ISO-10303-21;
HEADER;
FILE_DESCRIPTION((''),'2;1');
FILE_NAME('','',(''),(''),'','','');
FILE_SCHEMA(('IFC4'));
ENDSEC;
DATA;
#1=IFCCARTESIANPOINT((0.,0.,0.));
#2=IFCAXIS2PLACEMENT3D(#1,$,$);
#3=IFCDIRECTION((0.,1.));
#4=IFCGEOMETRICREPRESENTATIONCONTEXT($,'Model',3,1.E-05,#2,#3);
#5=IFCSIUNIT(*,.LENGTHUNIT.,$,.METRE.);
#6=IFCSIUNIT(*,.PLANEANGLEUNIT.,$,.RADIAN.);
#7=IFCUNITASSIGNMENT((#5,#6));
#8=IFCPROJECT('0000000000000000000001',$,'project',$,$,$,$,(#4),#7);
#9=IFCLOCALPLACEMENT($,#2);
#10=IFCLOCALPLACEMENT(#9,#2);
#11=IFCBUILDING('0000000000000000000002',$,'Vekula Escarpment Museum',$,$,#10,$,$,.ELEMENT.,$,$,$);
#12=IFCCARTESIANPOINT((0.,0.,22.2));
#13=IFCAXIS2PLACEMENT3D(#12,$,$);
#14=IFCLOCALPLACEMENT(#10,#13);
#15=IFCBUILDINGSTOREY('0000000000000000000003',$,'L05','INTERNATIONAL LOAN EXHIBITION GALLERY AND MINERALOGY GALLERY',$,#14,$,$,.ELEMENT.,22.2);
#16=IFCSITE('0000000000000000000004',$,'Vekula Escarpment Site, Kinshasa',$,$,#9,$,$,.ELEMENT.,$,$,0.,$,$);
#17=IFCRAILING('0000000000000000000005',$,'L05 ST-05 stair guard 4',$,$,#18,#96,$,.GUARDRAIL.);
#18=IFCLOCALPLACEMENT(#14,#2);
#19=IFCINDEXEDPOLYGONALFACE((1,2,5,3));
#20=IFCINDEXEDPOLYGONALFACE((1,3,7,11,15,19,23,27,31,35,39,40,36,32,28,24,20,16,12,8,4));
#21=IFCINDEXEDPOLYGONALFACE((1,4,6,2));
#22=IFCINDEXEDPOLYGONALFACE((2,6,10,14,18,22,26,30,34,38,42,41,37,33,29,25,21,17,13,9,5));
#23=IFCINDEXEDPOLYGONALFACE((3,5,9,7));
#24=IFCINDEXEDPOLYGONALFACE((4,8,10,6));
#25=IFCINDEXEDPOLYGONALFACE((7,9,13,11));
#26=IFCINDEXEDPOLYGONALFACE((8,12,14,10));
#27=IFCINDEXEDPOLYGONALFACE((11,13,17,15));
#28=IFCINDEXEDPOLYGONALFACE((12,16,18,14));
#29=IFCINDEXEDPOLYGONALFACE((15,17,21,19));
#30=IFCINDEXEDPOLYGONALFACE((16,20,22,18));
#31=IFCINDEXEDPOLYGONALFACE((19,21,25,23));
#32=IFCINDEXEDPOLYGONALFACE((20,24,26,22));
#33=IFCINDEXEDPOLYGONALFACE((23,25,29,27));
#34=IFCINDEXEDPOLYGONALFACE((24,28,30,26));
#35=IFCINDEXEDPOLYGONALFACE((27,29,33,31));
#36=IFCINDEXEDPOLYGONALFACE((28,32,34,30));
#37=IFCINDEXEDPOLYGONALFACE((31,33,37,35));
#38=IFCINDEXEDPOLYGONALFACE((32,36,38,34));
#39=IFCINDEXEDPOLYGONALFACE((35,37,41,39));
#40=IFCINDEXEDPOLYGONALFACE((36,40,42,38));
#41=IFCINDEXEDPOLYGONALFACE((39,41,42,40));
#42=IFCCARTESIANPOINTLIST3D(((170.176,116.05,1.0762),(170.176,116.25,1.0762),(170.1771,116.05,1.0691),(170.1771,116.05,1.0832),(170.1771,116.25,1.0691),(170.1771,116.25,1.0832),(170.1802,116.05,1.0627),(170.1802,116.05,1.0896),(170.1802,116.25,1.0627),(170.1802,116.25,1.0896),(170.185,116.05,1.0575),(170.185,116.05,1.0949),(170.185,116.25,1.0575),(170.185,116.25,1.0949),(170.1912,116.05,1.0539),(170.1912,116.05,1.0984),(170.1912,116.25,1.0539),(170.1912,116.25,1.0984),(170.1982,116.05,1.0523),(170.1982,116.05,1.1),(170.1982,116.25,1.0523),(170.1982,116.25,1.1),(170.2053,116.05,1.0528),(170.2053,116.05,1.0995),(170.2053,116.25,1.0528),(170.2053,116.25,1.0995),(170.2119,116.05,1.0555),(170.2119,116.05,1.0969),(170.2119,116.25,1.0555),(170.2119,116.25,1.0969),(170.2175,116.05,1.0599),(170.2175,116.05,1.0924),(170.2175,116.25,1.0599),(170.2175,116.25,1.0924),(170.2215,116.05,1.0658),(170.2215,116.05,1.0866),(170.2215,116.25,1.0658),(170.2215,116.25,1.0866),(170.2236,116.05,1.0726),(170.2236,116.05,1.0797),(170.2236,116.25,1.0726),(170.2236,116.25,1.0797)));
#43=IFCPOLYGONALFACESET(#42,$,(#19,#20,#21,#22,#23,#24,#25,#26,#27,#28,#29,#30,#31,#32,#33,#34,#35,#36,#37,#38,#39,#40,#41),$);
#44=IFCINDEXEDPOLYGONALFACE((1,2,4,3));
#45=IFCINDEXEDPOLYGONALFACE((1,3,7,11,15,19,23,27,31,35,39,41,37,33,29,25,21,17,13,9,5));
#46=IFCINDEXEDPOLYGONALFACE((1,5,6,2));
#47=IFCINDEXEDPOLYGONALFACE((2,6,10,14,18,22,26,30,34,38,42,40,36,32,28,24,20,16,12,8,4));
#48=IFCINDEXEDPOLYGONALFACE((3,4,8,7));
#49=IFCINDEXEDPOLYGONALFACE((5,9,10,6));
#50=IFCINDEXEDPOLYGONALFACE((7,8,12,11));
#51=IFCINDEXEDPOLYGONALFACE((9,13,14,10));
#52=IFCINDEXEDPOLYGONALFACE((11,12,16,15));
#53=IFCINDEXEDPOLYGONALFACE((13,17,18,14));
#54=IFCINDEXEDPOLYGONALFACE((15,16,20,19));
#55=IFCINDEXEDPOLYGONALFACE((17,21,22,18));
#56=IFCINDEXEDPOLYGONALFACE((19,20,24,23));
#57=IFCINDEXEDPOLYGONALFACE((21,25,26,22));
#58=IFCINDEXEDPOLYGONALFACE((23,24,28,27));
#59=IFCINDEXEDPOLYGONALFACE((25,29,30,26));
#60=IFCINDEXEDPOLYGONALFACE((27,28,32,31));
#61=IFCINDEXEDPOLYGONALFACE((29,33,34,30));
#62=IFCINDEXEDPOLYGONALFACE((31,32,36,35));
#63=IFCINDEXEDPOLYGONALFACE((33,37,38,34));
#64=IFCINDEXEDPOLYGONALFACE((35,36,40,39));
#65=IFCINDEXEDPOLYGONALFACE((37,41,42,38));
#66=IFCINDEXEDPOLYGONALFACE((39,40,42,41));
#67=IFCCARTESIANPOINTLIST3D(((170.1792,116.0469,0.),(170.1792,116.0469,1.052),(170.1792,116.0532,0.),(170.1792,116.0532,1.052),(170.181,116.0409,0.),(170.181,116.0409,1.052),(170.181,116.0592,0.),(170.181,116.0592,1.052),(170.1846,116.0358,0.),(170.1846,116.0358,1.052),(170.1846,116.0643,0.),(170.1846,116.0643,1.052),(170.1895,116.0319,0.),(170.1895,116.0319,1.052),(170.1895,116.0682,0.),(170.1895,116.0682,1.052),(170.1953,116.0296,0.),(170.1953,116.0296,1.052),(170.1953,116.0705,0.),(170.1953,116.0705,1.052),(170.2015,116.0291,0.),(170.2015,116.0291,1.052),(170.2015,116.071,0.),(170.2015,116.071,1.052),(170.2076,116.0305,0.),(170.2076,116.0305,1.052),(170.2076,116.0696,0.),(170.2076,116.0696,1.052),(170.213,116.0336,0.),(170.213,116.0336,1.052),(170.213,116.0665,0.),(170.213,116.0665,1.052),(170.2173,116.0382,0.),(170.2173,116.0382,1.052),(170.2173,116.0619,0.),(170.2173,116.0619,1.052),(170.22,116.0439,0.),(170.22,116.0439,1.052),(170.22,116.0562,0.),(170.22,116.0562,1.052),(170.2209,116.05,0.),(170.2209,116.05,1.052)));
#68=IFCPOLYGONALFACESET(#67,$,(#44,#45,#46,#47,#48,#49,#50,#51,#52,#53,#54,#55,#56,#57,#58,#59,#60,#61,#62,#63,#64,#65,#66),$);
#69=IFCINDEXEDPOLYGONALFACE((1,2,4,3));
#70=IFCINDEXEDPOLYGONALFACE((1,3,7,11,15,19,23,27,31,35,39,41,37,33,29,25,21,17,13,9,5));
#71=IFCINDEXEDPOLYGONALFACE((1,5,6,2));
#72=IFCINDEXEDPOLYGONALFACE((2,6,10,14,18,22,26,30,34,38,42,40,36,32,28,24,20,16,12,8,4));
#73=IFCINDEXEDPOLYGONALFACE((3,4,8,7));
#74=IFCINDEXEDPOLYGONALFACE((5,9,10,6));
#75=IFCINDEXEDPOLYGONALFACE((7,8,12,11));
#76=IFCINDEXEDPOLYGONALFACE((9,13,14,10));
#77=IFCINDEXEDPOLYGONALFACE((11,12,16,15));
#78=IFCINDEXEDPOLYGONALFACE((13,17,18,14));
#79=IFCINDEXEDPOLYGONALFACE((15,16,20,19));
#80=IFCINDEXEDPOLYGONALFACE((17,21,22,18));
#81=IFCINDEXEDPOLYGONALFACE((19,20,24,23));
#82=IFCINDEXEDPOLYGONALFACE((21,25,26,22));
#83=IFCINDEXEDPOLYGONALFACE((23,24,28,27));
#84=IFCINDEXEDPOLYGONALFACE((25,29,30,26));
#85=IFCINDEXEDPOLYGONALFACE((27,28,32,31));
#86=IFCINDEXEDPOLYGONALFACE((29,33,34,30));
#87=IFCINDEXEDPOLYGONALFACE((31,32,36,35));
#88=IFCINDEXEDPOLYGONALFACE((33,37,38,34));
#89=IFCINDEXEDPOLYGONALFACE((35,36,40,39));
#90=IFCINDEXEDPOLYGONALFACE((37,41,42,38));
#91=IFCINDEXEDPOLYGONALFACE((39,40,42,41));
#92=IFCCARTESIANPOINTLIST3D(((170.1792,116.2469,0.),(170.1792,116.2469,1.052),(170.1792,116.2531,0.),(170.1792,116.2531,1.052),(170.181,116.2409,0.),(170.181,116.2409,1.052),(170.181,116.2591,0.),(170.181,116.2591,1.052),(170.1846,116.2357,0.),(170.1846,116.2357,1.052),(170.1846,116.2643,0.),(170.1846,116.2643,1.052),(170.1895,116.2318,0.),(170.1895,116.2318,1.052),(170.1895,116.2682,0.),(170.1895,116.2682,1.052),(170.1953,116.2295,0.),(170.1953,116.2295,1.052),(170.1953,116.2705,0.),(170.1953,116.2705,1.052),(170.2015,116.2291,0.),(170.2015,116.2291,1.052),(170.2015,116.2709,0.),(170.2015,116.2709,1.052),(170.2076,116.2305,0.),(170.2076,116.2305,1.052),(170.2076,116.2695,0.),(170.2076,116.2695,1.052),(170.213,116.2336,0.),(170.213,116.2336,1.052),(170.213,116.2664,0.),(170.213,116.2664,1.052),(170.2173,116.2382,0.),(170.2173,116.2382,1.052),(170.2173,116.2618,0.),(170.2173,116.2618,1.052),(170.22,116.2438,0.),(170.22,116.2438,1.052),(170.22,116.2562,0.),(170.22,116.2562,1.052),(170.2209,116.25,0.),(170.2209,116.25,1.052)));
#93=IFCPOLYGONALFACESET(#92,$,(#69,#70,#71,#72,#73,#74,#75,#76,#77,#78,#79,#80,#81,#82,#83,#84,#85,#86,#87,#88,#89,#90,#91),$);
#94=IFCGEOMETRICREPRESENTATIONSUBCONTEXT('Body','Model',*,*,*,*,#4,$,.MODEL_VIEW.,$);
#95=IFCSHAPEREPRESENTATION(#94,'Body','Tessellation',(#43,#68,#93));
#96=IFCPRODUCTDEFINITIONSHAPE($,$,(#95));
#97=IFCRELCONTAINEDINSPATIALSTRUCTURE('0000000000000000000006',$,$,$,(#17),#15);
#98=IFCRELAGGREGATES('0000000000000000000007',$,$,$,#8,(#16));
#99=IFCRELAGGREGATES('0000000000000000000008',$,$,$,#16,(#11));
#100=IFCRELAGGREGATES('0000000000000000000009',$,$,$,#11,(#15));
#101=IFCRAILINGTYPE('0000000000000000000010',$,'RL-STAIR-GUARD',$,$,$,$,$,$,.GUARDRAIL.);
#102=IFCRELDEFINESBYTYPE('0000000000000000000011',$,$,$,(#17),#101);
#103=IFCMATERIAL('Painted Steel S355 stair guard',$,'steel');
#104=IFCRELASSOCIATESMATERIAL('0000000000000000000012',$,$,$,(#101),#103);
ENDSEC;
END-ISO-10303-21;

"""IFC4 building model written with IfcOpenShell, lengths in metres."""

from ifc_helpers import new_model, si_unit, direction, frame, origin, origin_2d, place, context, subcontext, project, spatial, circle, extrude, material, type_object, element, save


model = new_model("IFC4")

# Units and contexts
model_context = context("Model", 3, precision=1e-05, world=origin(), true_north=direction((0.0, 1.0)))
body_context = subcontext(model_context, "Body", "Model", "MODEL_VIEW")
ifc_project = project(units=[si_unit("LENGTHUNIT", "METRE"), si_unit("PLANEANGLEUNIT", "RADIAN")], contexts=[model_context])

# Site, building, storey
site_placement = place(None, origin())
site = spatial("IfcSite", under=ifc_project, at=site_placement, Name="Vekula Escarpment Site, Kinshasa", CompositionType="ELEMENT", RefElevation=0.0)
building_placement = place(site_placement, origin())
building = spatial("IfcBuilding", under=site, at=building_placement, Name="Vekula Escarpment Museum", CompositionType="ELEMENT")
storey_placement = place(building_placement, frame((0.0, 0.0, 22.2)))
storey = spatial("IfcBuildingStorey", under=building, at=storey_placement, Name="L05", Description="INTERNATIONAL LOAN EXHIBITION GALLERY AND MINERALOGY GALLERY", CompositionType="ELEMENT", Elevation=22.2)

# Railing
ifc_material_1 = material(Name="Painted Steel S355 stair guard", Category="steel")
railing_type_1 = type_object("IfcRailingType", Name="RL-STAIR-GUARD", PredefinedType="GUARDRAIL", material=ifc_material_1)
railing_1_placement = place(storey_placement, frame((170.2, 116.05, 0.0)))
element("IfcRailing", 1, at=railing_1_placement, inside=storey, type_object=railing_type_1, Name="L05 ST-05 stair guard 4", PredefinedType="GUARDRAIL", context=body_context, shape_type="SweptSolid", body=[
    extrude(circle(Radius=0.0239, at=origin_2d()), frame((0.0, 0.0, 1.0762), z_axis=(0.0, 1.0, 0.0), x_axis=(-1.0, 0.0, 0.0)), (0.0, 0.0, 1.0), 0.2),
    extrude(circle(Radius=0.021, at=origin_2d()), origin(), (0.0, 0.0, 1.0), 1.052),
    extrude(circle(Radius=0.021, at=origin_2d()), frame((0.0, 0.2, 0.0)), (0.0, 0.0, 1.0), 1.052),
])

save(model, "model.ifc")
